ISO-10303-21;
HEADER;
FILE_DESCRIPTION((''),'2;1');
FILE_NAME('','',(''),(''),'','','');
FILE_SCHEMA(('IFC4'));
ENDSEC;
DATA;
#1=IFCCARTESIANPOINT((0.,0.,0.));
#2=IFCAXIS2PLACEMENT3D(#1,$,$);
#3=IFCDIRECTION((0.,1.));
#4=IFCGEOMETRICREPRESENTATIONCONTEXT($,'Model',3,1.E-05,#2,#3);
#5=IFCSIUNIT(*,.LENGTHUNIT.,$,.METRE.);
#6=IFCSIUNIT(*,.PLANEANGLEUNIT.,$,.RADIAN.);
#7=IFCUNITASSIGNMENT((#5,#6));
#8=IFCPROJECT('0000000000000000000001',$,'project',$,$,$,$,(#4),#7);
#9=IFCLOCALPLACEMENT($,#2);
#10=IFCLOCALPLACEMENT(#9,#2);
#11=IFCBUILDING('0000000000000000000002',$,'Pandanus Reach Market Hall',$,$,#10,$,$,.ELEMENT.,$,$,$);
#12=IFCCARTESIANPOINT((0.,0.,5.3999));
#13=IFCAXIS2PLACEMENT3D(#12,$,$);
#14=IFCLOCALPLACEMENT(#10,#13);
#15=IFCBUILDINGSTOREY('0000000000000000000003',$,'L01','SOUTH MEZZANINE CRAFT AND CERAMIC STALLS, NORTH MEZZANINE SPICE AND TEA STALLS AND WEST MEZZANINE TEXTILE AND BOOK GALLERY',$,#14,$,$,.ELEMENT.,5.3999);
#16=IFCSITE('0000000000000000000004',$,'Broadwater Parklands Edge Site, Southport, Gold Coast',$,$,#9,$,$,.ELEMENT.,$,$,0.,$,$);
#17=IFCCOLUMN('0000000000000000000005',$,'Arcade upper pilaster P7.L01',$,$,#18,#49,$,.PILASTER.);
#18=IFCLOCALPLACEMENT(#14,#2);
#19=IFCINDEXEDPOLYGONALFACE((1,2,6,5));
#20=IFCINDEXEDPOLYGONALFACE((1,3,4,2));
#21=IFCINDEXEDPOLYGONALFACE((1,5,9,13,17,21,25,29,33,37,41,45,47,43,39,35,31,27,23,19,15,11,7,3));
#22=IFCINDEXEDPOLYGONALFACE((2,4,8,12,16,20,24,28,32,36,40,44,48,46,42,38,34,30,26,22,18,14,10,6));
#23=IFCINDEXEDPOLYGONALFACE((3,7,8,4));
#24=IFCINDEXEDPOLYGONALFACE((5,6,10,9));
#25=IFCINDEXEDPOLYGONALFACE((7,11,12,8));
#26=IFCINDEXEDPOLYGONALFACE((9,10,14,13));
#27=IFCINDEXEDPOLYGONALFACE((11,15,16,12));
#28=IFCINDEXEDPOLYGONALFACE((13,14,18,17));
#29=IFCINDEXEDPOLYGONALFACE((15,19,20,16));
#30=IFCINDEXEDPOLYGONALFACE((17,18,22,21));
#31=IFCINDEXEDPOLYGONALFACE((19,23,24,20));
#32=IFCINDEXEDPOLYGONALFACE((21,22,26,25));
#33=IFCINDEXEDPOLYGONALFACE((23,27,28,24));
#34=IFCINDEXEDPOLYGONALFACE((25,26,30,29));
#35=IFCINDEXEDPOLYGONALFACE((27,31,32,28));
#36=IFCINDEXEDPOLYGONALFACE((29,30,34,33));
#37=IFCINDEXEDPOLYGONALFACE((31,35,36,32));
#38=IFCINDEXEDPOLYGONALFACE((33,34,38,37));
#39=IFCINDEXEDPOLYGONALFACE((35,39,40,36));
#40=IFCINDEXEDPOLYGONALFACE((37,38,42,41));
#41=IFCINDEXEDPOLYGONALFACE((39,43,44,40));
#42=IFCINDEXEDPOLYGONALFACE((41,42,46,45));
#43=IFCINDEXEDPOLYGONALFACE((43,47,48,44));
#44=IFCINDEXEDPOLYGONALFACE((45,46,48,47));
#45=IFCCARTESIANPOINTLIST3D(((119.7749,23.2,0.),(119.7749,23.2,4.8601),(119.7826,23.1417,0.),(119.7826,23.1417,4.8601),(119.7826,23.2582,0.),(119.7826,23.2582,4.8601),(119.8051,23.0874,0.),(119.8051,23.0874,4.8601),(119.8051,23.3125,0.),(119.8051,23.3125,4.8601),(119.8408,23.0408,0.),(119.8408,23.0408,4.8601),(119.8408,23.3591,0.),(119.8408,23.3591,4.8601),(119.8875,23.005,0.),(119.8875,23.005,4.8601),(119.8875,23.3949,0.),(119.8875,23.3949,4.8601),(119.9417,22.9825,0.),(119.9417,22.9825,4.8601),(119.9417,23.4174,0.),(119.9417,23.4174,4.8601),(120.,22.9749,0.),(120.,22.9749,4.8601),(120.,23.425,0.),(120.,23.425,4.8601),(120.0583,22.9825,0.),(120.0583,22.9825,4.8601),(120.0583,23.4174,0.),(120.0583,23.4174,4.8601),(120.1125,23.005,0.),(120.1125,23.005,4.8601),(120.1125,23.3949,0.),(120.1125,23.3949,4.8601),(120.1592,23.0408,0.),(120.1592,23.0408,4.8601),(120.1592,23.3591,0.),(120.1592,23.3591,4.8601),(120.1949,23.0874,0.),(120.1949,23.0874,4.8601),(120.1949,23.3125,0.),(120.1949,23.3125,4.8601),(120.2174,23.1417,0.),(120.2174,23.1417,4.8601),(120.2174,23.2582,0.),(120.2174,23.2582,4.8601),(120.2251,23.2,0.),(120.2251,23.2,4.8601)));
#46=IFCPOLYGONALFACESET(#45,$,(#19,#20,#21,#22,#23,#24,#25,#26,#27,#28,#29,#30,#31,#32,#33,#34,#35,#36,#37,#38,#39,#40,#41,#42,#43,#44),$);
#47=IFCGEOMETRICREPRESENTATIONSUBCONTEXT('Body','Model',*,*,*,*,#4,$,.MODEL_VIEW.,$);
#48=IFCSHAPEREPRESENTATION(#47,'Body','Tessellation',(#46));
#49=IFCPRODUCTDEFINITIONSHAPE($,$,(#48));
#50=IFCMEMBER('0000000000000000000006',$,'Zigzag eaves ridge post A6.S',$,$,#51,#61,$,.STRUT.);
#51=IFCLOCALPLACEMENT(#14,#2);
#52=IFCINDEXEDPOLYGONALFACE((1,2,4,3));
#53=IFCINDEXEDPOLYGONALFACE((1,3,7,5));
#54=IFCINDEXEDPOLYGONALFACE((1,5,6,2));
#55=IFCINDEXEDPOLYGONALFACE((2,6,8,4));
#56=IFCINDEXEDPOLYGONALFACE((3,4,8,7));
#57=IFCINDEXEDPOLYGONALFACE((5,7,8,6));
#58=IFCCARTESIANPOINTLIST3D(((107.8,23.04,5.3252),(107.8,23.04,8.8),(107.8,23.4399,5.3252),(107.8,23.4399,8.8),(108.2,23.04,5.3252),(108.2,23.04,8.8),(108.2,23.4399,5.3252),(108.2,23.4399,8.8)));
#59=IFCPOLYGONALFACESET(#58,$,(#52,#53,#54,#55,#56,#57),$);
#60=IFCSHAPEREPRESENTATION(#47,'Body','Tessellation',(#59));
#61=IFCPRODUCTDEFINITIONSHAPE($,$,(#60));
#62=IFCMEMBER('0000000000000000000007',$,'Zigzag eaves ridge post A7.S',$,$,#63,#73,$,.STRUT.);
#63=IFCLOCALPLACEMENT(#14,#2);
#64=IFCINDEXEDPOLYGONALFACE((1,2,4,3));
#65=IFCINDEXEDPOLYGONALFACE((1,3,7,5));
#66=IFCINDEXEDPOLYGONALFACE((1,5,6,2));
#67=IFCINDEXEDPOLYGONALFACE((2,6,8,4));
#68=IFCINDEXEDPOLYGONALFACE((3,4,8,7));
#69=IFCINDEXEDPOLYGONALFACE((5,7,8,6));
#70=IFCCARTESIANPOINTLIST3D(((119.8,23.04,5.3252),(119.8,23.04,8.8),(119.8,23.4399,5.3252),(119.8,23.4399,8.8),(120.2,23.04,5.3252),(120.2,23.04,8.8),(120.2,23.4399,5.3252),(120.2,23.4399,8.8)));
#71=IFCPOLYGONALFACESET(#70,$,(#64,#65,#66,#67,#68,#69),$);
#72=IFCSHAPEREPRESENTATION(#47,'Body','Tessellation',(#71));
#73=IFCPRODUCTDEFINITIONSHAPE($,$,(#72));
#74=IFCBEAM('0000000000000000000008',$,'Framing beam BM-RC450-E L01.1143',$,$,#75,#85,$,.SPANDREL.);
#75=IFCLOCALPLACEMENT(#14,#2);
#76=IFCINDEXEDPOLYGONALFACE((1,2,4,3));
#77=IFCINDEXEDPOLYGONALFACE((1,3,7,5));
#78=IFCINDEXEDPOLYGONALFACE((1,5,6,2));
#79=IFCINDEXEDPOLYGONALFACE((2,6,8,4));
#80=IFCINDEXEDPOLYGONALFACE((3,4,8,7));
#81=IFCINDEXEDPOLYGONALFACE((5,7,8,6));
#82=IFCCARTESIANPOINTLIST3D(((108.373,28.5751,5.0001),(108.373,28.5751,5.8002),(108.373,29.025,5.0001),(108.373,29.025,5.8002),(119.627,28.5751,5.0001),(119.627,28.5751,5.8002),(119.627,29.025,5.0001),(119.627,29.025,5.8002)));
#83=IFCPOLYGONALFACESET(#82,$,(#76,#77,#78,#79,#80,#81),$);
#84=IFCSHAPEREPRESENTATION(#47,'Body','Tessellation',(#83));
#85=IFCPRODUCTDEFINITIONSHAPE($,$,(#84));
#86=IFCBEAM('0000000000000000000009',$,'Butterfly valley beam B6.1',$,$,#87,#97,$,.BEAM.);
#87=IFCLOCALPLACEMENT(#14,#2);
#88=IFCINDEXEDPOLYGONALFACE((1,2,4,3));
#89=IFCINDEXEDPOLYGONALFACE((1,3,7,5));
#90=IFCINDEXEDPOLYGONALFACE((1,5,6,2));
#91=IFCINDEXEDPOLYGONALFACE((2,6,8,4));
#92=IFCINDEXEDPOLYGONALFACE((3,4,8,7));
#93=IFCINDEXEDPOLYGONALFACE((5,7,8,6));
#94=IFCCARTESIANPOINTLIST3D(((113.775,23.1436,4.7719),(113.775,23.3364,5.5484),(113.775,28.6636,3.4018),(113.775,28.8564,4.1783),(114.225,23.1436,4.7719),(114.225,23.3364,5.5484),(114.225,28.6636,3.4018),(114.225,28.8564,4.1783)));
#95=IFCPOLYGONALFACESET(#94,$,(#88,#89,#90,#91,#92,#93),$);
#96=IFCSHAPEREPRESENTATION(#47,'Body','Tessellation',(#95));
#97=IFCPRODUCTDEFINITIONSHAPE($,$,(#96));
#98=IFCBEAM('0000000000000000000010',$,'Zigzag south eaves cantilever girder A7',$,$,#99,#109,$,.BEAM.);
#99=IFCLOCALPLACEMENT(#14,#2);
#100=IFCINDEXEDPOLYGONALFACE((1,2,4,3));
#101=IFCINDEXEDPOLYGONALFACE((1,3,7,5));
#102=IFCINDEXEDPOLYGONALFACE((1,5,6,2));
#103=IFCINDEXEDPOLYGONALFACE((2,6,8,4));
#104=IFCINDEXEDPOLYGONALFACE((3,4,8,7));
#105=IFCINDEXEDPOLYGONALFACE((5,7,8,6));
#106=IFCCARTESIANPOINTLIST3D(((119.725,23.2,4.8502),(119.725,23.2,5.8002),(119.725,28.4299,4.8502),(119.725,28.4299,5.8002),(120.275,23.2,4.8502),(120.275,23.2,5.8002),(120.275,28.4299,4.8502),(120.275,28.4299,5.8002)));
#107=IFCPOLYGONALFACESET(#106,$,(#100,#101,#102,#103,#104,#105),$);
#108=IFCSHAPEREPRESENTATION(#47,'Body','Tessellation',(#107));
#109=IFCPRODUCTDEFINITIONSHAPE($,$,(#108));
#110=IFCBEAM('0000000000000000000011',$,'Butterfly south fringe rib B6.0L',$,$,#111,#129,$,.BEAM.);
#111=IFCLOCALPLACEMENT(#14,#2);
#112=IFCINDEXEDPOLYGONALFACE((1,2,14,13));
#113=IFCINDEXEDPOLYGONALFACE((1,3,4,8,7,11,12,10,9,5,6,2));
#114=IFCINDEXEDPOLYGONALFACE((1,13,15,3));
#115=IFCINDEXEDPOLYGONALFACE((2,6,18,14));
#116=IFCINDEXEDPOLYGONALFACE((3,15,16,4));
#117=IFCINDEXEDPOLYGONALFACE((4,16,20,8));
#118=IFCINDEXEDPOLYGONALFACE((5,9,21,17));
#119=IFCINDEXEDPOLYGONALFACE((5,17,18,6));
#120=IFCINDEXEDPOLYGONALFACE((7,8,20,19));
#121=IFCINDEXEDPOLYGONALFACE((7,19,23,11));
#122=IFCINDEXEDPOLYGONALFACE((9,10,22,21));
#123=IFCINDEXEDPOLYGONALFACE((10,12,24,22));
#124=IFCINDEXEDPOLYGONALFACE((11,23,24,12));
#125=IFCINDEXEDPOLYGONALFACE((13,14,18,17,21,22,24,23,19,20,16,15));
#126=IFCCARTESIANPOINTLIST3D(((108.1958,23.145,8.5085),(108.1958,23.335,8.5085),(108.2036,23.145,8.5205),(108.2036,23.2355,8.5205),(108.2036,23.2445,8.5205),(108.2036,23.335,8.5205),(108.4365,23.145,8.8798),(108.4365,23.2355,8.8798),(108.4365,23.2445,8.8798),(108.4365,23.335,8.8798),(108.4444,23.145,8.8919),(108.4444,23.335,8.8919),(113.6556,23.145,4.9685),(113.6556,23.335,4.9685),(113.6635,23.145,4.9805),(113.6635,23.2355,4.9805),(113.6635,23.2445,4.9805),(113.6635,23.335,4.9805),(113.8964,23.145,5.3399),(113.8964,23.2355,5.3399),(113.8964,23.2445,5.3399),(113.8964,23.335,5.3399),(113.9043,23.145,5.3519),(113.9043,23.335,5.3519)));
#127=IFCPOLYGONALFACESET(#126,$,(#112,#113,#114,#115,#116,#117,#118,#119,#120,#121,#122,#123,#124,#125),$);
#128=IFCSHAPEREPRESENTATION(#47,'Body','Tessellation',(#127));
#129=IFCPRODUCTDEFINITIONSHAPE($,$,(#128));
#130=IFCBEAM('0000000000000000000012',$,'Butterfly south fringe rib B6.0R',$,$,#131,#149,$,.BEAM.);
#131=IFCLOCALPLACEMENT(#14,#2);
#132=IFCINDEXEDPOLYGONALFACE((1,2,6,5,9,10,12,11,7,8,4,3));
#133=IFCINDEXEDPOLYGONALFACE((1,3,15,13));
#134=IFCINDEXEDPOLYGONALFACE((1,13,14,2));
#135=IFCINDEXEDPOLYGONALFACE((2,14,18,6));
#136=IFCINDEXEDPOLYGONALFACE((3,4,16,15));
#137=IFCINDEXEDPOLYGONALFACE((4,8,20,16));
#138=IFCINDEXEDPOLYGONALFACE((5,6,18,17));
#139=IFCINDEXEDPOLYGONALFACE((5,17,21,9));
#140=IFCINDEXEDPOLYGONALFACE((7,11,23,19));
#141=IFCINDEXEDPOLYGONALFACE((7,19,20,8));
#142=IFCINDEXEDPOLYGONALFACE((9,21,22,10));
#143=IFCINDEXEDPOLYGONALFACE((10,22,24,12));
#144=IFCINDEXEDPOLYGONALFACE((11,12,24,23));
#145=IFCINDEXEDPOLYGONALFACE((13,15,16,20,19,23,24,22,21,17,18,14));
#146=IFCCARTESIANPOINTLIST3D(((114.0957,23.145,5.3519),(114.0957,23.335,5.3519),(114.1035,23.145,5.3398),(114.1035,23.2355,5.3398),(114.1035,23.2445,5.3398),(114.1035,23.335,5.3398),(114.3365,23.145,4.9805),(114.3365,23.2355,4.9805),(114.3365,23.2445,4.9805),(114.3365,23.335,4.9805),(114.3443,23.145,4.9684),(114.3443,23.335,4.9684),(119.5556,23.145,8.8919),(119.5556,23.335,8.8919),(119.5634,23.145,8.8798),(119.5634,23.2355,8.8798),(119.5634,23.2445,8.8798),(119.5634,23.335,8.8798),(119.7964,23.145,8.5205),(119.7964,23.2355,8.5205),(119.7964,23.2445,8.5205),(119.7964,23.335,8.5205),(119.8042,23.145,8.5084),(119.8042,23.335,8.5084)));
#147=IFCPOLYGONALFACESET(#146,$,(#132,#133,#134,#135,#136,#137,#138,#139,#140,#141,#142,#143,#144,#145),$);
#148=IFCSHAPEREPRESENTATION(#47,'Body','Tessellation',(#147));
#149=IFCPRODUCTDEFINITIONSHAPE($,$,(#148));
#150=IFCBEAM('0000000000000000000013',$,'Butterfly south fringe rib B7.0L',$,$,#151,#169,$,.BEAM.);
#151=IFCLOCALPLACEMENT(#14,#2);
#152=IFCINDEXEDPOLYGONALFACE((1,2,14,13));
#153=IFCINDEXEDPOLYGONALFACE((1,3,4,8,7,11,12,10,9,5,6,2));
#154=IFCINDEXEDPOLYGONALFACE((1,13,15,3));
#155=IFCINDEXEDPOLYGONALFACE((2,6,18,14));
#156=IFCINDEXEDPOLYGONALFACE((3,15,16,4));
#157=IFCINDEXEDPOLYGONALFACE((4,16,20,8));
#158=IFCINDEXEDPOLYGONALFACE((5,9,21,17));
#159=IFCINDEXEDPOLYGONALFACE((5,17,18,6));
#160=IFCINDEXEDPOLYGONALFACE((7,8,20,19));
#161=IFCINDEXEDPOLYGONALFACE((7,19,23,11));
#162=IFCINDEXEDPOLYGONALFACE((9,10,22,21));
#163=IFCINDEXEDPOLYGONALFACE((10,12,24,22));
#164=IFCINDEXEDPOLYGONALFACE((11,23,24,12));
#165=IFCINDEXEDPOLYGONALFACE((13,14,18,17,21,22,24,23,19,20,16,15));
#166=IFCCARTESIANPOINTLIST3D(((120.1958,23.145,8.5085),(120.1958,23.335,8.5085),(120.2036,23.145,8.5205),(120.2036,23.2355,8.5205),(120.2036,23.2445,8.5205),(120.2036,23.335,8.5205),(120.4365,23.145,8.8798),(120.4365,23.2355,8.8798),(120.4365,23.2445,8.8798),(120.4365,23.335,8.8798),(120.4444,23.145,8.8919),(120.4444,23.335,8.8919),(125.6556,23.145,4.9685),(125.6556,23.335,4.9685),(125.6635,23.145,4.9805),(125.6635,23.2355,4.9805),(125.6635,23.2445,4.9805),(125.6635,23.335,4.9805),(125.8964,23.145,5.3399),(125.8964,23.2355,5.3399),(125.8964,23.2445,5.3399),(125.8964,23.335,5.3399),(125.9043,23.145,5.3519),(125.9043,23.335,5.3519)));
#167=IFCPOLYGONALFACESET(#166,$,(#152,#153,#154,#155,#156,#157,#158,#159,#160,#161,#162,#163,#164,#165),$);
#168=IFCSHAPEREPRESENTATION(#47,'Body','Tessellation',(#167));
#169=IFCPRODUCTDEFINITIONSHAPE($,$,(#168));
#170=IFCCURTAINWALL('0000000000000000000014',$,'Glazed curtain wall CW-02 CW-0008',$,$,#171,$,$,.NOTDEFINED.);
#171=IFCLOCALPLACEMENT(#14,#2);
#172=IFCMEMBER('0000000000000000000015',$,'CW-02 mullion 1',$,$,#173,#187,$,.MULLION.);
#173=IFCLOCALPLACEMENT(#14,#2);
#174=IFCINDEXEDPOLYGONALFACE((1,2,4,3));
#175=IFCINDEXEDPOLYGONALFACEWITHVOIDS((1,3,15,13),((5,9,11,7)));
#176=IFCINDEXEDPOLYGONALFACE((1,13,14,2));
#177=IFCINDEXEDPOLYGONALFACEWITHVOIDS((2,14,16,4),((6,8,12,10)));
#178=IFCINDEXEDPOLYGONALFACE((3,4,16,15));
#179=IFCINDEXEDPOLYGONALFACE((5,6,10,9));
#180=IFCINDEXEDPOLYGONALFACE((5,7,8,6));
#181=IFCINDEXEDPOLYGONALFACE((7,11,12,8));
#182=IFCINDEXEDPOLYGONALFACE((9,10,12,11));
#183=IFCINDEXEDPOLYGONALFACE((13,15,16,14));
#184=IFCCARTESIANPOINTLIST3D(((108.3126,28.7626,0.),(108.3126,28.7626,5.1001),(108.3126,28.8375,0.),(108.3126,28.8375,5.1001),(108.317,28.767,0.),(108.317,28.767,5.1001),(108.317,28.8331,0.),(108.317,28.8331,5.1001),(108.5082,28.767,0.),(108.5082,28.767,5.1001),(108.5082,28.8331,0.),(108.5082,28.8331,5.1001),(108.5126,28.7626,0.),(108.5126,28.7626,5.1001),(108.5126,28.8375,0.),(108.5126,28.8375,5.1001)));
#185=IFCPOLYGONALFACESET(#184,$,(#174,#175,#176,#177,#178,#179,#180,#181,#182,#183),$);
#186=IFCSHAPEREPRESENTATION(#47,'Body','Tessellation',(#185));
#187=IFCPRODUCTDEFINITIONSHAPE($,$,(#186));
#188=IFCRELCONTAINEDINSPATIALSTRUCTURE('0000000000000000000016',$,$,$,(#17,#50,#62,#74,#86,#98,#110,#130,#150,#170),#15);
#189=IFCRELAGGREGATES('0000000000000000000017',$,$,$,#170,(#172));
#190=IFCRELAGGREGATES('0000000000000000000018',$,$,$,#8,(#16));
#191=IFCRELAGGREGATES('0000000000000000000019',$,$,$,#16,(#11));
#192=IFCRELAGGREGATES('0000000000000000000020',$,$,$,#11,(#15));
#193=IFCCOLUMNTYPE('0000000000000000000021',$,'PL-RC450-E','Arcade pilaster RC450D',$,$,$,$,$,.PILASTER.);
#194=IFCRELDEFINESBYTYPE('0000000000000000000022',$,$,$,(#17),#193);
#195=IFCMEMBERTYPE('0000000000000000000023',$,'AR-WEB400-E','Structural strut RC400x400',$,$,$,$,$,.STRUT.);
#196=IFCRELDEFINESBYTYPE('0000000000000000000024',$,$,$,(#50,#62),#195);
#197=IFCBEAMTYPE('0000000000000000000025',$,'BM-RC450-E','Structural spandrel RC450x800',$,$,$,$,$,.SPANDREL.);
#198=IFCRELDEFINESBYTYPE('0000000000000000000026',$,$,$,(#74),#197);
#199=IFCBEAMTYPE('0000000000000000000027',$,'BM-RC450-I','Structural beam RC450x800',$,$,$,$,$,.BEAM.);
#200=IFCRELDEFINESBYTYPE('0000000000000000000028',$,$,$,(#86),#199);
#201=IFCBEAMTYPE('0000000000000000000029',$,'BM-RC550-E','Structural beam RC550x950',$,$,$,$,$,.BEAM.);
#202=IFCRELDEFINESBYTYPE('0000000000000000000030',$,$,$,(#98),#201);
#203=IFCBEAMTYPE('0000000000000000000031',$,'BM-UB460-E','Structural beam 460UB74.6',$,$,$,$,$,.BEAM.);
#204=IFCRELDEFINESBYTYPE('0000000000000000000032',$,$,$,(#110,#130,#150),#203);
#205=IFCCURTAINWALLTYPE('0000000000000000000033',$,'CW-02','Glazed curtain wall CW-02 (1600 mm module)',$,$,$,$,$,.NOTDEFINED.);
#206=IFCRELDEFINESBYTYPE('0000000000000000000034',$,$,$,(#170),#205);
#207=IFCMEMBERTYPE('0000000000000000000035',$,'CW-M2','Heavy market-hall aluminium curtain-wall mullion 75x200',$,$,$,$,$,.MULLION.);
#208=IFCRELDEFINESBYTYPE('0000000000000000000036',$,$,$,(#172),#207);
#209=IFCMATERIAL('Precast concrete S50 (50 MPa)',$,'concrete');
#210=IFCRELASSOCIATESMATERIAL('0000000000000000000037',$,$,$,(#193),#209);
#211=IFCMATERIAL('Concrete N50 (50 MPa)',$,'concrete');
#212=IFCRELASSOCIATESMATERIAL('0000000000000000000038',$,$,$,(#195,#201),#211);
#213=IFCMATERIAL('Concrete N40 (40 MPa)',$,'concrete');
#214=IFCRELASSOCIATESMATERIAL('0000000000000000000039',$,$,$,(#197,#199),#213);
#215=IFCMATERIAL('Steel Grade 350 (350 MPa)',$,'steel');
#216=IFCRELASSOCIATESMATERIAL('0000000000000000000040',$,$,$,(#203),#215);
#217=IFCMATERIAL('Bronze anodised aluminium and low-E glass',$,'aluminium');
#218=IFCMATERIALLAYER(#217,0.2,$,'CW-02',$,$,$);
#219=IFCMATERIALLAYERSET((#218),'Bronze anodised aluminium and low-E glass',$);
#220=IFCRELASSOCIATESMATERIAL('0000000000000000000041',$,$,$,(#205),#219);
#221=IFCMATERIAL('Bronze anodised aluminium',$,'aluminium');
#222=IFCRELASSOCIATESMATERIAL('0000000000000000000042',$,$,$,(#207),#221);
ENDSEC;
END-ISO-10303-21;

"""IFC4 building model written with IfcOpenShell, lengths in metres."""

from ifc_helpers import new_model, si_unit, direction, frame, origin, origin_2d, place, context, subcontext, project, spatial, rectangle, hollow_rectangle, circle, i_section, extrude, material, layer, layer_set, material_profile, profile_set, type_object, element, aggregate, save


model = new_model("IFC4")

# Units and contexts
model_context = context("Model", 3, precision=1e-05, world=origin(), true_north=direction((0.0, 1.0)))
body_context = subcontext(model_context, "Body", "Model", "MODEL_VIEW")
ifc_project = project(units=[si_unit("LENGTHUNIT", "METRE"), si_unit("PLANEANGLEUNIT", "RADIAN")], contexts=[model_context])

# Site, building, storey
site_placement = place(None, origin())
site = spatial("IfcSite", under=ifc_project, at=site_placement, Name="Broadwater Parklands Edge Site, Southport, Gold Coast", CompositionType="ELEMENT", RefElevation=0.0)
building_placement = place(site_placement, origin())
building = spatial("IfcBuilding", under=site, at=building_placement, Name="Pandanus Reach Market Hall", CompositionType="ELEMENT")
storey_placement = place(building_placement, frame((0.0, 0.0, 5.3999)))
storey = spatial("IfcBuildingStorey", under=building, at=storey_placement, Name="L01", Description="SOUTH MEZZANINE CRAFT AND CERAMIC STALLS, NORTH MEZZANINE SPICE AND TEA STALLS AND WEST MEZZANINE TEXTILE AND BOOK GALLERY", CompositionType="ELEMENT", Elevation=5.3999)

# Column
ifc_material_1 = material(Name="Precast concrete S50 (50 MPa)", Category="concrete")
ifc_material_profile_1 = material_profile(ifc_material_1, circle(Radius=0.2251, at=origin_2d()), Name="RC450D", Category="LoadBearing")
ifc_profile_set_1 = profile_set([ifc_material_profile_1], Name="Precast concrete S50 (50 MPa)")
column_type = type_object("IfcColumnType", Name="PL-RC450-E", Description="Arcade pilaster RC450D", PredefinedType="PILASTER", material=ifc_profile_set_1)
column_placement = place(storey_placement, frame((120.0, 23.2, 0.0), z_axis=(0.0, 0.0, 1.0), x_axis=(1.0, 0.0, 0.0)))
element("IfcColumn", 1, at=column_placement, inside=storey, type_object=column_type, Name="Arcade upper pilaster P7.L01", PredefinedType="PILASTER", context=body_context, shape_type="SweptSolid", body=[
    extrude(circle(Radius=0.2251, at=origin_2d()), origin(), (0.0, 0.0, 1.0), 4.8601),
])

# Members
ifc_material_2 = material(Name="Concrete N50 (50 MPa)", Category="concrete")
ifc_material_profile_2 = material_profile(ifc_material_2, rectangle(XDim=0.3999, YDim=0.3999, at=origin_2d()), Name="RC400x400", Category="LoadBearing")
ifc_profile_set_2 = profile_set([ifc_material_profile_2], Name="Concrete N50 (50 MPa)")
member_type_1 = type_object("IfcMemberType", Name="AR-WEB400-E", Description="Structural strut RC400x400", PredefinedType="STRUT", material=ifc_profile_set_2)
for number, where, z_axis, x_axis, name in (
    (2, (108.0, 23.24, 5.3252), (0.0, 0.0, 1.0), (1.0, 0.0, 0.0), "Zigzag eaves ridge post A6.S"),
    (3, (120.0, 23.24, 5.3252), (0.0, 0.0, 1.0), (1.0, 0.0, 0.0), "Zigzag eaves ridge post A7.S"),
):
    element("IfcMember", number, at=place(storey_placement, frame(where, z_axis=z_axis, x_axis=x_axis)), inside=storey, type_object=member_type_1, Name=name, PredefinedType="STRUT", context=body_context, shape_type="SweptSolid", body=[
        extrude(rectangle(XDim=0.3999, YDim=0.3999, at=origin_2d()), origin(), (0.0, 0.0, 1.0), 3.4749),
    ])

# Beams
ifc_material_3 = material(Name="Concrete N40 (40 MPa)", Category="concrete")
ifc_material_profile_3 = material_profile(ifc_material_3, rectangle(XDim=0.45, YDim=0.8, at=origin_2d()), Name="RC450x800", Category="LoadBearing")
ifc_profile_set_3 = profile_set([ifc_material_profile_3], Name="Concrete N40 (40 MPa)")
beam_type_1 = type_object("IfcBeamType", Name="BM-RC450-E", Description="Structural spandrel RC450x800", PredefinedType="SPANDREL", material=ifc_profile_set_3)
beam_1_placement = place(storey_placement, frame((108.373, 28.8, 5.4001), z_axis=(1.0, 0.0, 0.0), x_axis=(0.0, 1.0, 0.0)))
element("IfcBeam", 4, at=beam_1_placement, inside=storey, type_object=beam_type_1, Name="Framing beam BM-RC450-E L01.1143", PredefinedType="SPANDREL", context=body_context, shape_type="SweptSolid", body=[
    extrude(rectangle(XDim=0.45, YDim=0.8, at=origin_2d()), origin(), (0.0, 0.0, 1.0), 11.2539),
])
ifc_material_profile_4 = material_profile(ifc_material_3, rectangle(XDim=0.45, YDim=0.8, at=origin_2d()), Name="RC450x800", Category="LoadBearing")
ifc_profile_set_4 = profile_set([ifc_material_profile_4], Name="Concrete N40 (40 MPa)")
beam_type_2 = type_object("IfcBeamType", Name="BM-RC450-I", Description="Structural beam RC450x800", PredefinedType="BEAM", material=ifc_profile_set_4)
beam_2_placement = place(storey_placement, frame((114.0, 23.24, 5.1602), z_axis=(0.0, 0.97055, -0.240899), x_axis=(-1.0, 0.0, 0.0)))
element("IfcBeam", 5, at=beam_2_placement, inside=storey, type_object=beam_type_2, Name="Butterfly valley beam B6.1", PredefinedType="BEAM", context=body_context, shape_type="SweptSolid", body=[
    extrude(rectangle(XDim=0.45, YDim=0.8, at=origin_2d()), origin(), (0.0, 0.0, 1.0), 5.6875),
])
ifc_material_profile_5 = material_profile(ifc_material_2, rectangle(XDim=0.55, YDim=0.95, at=origin_2d()), Name="RC550x950", Category="LoadBearing")
ifc_profile_set_5 = profile_set([ifc_material_profile_5], Name="Concrete N50 (50 MPa)")
beam_type_3 = type_object("IfcBeamType", Name="BM-RC550-E", Description="Structural beam RC550x950", PredefinedType="BEAM", material=ifc_profile_set_5)
beam_3_placement = place(storey_placement, frame((120.0, 23.2, 5.3252), z_axis=(0.0, 1.0, 0.0), x_axis=(-1.0, 0.0, 0.0)))
element("IfcBeam", 6, at=beam_3_placement, inside=storey, type_object=beam_type_3, Name="Zigzag south eaves cantilever girder A7", PredefinedType="BEAM", context=body_context, shape_type="SweptSolid", body=[
    extrude(rectangle(XDim=0.55, YDim=0.95, at=origin_2d()), origin(), (0.0, 0.0, 1.0), 5.23),
])
ifc_material_4 = material(Name="Steel Grade 350 (350 MPa)", Category="steel")
ifc_material_profile_6 = material_profile(ifc_material_4, i_section(OverallWidth=0.1899, OverallDepth=0.457, WebThickness=0.009, FlangeThickness=0.0144, at=origin_2d()), Name="460UB74.6", Category="LoadBearing")
ifc_profile_set_6 = profile_set([ifc_material_profile_6], Name="Steel Grade 350 (350 MPa)")
beam_type_4 = type_object("IfcBeamType", Name="BM-UB460-E", Description="Structural beam 460UB74.6", PredefinedType="BEAM", material=ifc_profile_set_6)
for number, where, z_axis, x_axis, name in (
    (7, (108.3201, 23.24, 8.7002), (0.839071, 0.0, -0.544023), (0.0, 1.0, 0.0), "Butterfly south fringe rib B6.0L"),
    (8, (114.22, 23.24, 5.1602), (0.839071, 0.0, 0.544023), (0.0, 1.0, 0.0), "Butterfly south fringe rib B6.0R"),
    (9, (120.3201, 23.24, 8.7002), (0.839071, 0.0, -0.544023), (0.0, 1.0, 0.0), "Butterfly south fringe rib B7.0L"),
):
    element("IfcBeam", number, at=place(storey_placement, frame(where, z_axis=z_axis, x_axis=x_axis)), inside=storey, type_object=beam_type_4, Name=name, PredefinedType="BEAM", context=body_context, shape_type="SweptSolid", body=[
        extrude(i_section(OverallWidth=0.1899, OverallDepth=0.457, WebThickness=0.009, FlangeThickness=0.0144, at=origin_2d()), origin(), (0.0, 0.0, 1.0), 6.5071),
    ])

# Curtain wall, member
ifc_material_5 = material(Name="Bronze anodised aluminium and low-E glass", Category="aluminium")
ifc_layer_1 = layer(ifc_material_5, 0.2, Name="CW-02")
ifc_layer_set_1 = layer_set([ifc_layer_1], Name="Bronze anodised aluminium and low-E glass")
curtain_wall_type = type_object("IfcCurtainWallType", Name="CW-02", Description="Glazed curtain wall CW-02 (1600 mm module)", PredefinedType="NOTDEFINED", material=ifc_layer_set_1)
curtain_wall_placement = place(storey_placement, origin())
curtain_wall = element("IfcCurtainWall", 10, at=curtain_wall_placement, inside=storey, type_object=curtain_wall_type, Name="Glazed curtain wall CW-02 CW-0008", PredefinedType="NOTDEFINED")
ifc_material_6 = material(Name="Bronze anodised aluminium", Category="aluminium")
ifc_material_profile_7 = material_profile(ifc_material_6, hollow_rectangle(XDim=0.075, YDim=0.2, WallThickness=0.0044, at=origin_2d()), Name="ALU75x200", Category="LoadBearing")
ifc_profile_set_7 = profile_set([ifc_material_profile_7], Name="Bronze anodised aluminium")
member_type_2 = type_object("IfcMemberType", Name="CW-M2", Description="Heavy market-hall aluminium curtain-wall mullion 75x200", PredefinedType="MULLION", material=ifc_profile_set_7)
member_1_placement = place(storey_placement, frame((108.4126, 28.8, 0.0), z_axis=(0.0, 0.0, 1.0), x_axis=(0.0, 1.0, 0.0)))
member_1 = element("IfcMember", 11, at=member_1_placement, type_object=member_type_2, Name="CW-02 mullion 1", PredefinedType="MULLION", context=body_context, shape_type="SweptSolid", body=[
    extrude(hollow_rectangle(XDim=0.075, YDim=0.2, WallThickness=0.0044, at=origin_2d()), origin(), (0.0, 0.0, 1.0), 5.1001),
])

aggregate(curtain_wall, [member_1])

save(model, "model.ifc")
